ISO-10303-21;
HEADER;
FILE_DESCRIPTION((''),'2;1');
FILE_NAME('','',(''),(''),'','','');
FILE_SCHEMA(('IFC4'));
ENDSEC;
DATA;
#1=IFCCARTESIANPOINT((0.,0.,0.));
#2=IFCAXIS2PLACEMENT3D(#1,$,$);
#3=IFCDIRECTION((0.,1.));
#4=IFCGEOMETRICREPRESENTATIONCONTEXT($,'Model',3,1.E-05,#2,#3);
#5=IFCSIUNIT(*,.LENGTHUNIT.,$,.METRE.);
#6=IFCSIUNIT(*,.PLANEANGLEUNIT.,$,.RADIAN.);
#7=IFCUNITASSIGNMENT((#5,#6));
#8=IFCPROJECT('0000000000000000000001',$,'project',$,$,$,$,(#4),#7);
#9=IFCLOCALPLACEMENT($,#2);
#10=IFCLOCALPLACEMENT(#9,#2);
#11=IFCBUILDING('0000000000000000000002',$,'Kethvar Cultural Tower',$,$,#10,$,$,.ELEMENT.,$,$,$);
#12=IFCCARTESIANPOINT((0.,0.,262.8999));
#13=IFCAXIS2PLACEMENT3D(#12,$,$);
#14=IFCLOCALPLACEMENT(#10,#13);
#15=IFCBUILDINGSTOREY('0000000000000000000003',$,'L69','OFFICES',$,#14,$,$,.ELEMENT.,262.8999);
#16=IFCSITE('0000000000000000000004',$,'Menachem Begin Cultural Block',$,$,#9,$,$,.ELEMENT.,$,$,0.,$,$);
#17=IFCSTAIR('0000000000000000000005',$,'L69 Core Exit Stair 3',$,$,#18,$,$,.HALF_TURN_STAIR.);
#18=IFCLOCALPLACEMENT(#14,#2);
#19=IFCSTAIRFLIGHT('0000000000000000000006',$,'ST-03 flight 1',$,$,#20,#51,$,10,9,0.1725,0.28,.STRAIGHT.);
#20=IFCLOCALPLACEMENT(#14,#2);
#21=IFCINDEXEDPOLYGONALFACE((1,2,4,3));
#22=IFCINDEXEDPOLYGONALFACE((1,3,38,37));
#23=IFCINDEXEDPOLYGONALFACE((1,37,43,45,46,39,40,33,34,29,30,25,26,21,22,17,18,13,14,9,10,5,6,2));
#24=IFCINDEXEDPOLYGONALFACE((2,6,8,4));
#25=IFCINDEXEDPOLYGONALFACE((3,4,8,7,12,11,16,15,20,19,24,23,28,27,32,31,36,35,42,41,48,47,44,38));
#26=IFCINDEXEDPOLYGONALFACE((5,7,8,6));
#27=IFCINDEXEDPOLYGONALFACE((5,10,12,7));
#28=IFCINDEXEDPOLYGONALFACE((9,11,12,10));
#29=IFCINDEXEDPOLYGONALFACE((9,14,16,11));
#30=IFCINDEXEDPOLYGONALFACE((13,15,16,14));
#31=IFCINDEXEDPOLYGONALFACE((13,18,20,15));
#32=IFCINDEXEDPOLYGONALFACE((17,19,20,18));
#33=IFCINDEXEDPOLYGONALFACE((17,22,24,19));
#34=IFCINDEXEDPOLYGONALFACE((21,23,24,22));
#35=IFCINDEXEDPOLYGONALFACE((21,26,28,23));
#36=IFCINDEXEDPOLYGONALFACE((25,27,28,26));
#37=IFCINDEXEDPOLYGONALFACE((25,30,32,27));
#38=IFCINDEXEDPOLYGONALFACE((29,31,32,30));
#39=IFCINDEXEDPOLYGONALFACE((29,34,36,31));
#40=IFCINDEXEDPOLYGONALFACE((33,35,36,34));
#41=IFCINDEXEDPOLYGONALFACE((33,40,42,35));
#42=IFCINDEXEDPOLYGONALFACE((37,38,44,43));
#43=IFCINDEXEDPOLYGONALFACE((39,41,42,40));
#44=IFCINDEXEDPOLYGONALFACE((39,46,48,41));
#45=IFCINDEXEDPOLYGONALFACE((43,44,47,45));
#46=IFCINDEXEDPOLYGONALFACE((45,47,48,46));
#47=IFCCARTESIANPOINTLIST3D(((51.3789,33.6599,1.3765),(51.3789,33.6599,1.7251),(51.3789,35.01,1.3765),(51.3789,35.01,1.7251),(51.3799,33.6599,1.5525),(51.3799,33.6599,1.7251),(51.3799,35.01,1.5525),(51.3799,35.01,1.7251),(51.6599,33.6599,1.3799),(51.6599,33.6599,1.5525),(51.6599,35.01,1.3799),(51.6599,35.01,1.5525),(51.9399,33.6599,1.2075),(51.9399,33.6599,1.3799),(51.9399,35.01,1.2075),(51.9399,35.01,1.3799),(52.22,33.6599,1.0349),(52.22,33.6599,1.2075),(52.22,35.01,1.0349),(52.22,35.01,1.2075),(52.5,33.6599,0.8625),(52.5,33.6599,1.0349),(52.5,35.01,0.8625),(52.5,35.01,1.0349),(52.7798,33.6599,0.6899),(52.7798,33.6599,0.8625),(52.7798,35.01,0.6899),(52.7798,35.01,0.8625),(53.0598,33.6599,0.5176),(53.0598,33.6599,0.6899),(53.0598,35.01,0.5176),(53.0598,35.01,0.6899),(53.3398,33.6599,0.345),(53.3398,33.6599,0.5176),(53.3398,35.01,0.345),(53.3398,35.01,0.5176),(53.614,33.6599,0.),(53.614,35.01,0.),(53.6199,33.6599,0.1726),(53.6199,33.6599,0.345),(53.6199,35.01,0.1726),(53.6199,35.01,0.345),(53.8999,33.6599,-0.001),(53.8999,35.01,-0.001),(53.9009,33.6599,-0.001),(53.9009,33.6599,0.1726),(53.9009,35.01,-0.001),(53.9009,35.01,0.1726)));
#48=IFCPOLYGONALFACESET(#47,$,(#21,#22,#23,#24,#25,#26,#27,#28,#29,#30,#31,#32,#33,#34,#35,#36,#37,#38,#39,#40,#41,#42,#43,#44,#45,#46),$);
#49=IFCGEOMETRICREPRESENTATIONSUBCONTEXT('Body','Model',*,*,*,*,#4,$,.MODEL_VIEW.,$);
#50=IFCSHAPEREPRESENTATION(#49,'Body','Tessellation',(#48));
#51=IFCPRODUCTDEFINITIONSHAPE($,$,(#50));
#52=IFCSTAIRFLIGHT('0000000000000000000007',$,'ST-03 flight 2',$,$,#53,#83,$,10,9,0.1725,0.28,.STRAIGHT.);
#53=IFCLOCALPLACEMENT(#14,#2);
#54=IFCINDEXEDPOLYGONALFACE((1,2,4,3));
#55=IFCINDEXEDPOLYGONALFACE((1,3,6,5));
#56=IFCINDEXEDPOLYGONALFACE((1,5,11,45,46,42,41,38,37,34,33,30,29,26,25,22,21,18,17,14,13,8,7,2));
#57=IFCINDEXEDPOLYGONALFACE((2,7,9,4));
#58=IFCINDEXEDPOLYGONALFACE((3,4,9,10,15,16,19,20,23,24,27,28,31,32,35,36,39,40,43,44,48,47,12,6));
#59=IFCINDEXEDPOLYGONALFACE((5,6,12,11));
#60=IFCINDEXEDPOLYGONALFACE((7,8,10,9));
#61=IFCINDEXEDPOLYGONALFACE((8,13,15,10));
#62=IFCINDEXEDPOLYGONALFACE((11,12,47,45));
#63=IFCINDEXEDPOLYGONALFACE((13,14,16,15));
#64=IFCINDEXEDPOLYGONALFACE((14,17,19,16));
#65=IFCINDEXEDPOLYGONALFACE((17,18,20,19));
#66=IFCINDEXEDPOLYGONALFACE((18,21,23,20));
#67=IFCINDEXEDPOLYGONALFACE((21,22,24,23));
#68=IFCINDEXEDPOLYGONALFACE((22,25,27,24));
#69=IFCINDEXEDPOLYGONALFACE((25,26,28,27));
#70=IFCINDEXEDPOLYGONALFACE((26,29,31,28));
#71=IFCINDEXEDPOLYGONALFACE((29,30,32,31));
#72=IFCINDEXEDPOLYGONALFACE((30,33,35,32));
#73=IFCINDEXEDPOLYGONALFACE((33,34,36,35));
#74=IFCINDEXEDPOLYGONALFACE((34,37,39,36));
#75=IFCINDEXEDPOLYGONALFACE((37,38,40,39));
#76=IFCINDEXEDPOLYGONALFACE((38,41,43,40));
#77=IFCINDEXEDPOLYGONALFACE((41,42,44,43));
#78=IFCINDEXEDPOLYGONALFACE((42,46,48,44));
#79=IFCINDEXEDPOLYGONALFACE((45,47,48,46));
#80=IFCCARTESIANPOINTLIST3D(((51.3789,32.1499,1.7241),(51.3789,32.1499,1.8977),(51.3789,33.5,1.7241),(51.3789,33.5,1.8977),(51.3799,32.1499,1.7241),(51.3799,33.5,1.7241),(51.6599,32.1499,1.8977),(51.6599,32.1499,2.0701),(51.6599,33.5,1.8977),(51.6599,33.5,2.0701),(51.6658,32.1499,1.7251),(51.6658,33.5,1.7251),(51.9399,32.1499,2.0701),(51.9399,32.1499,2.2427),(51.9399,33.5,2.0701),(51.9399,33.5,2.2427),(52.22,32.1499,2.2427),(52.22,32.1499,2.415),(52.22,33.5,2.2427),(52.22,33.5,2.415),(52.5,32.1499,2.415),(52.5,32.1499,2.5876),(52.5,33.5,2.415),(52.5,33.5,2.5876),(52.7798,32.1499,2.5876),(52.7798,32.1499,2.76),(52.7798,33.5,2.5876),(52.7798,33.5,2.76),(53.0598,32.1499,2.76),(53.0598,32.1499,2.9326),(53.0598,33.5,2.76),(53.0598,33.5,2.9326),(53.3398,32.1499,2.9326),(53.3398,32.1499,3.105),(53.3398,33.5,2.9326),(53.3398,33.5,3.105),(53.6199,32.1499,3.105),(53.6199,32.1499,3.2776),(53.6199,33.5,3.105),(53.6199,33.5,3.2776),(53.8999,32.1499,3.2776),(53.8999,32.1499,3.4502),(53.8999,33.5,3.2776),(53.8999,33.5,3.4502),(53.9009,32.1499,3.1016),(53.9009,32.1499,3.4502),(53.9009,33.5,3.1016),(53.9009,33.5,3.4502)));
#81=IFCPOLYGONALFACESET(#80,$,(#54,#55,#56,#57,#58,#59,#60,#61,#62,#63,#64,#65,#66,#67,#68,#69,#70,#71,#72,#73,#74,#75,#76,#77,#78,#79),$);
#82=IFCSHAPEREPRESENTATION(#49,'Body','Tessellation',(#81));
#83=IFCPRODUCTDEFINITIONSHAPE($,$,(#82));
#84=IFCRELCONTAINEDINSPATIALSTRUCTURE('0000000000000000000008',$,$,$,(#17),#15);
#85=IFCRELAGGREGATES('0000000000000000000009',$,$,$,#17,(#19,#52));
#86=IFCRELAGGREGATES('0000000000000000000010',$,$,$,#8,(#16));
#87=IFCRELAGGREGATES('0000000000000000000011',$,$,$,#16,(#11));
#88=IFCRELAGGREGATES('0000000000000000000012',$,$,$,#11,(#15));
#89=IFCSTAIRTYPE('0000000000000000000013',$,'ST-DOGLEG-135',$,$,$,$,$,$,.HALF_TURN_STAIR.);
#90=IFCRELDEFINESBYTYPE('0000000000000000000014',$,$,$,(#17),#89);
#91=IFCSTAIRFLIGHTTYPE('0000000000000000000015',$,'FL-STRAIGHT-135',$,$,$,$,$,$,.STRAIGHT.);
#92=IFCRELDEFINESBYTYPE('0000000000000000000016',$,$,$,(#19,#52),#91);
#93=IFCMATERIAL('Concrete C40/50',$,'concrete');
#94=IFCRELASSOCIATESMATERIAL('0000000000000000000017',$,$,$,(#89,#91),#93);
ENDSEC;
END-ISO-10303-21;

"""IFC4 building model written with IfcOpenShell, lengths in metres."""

from ifc_helpers import new_model, si_unit, direction, frame, origin, place, context, subcontext, project, spatial, polyline, outline, extrude, material, type_object, element, aggregate, save


model = new_model("IFC4")

# Units and contexts
model_context = context("Model", 3, precision=1e-05, world=origin(), true_north=direction((0.0, 1.0)))
body_context = subcontext(model_context, "Body", "Model", "MODEL_VIEW")
ifc_project = project(units=[si_unit("LENGTHUNIT", "METRE"), si_unit("PLANEANGLEUNIT", "RADIAN")], contexts=[model_context])

# Site, building, storey
site_placement = place(None, origin())
site = spatial("IfcSite", under=ifc_project, at=site_placement, Name="Menachem Begin Cultural Block", CompositionType="ELEMENT", RefElevation=0.0)
building_placement = place(site_placement, origin())
building = spatial("IfcBuilding", under=site, at=building_placement, Name="Kethvar Cultural Tower", CompositionType="ELEMENT")
storey_placement = place(building_placement, frame((0.0, 0.0, 262.8999)))
storey = spatial("IfcBuildingStorey", under=building, at=storey_placement, Name="L69", Description="OFFICES", CompositionType="ELEMENT", Elevation=262.8999)

# Shared definitions
ifc_material_1 = material(Name="Concrete C40/50", Category="concrete")

# Stair, stair flights
stair_type = type_object("IfcStairType", Name="ST-DOGLEG-135", PredefinedType="HALF_TURN_STAIR", material=ifc_material_1)
stair_placement = place(storey_placement, origin())
stair = element("IfcStair", 1, at=stair_placement, inside=storey, type_object=stair_type, Name="L69 Core Exit Stair 3", PredefinedType="HALF_TURN_STAIR")
stair_flight_type = type_object("IfcStairFlightType", Name="FL-STRAIGHT-135", PredefinedType="STRAIGHT", material=ifc_material_1)
stair_flight_1_placement = place(storey_placement, frame((53.8999, 34.335, 0.0), z_axis=(0.0, 0.0, 1.0), x_axis=(-1.0, 0.0, 0.0)))
stair_flight_1 = element("IfcStairFlight", 2, at=stair_flight_1_placement, type_object=stair_flight_type, Name="ST-03 flight 1", NumberOfRisers=10, NumberOfTreads=9, PredefinedType="STRAIGHT", RiserHeight=0.1725, TreadLength=0.28, context=body_context, shape_type="SweptSolid", body=[
    extrude(outline(polyline([(-0.001, -0.001), (-0.001, 0.1726), (0.28, 0.1726), (0.28, 0.345), (0.5601, 0.345), (0.5601, 0.5176), (0.8401, 0.5176), (0.8401, 0.6899), (1.1201, 0.6899), (1.1201, 0.8625), (1.3999, 0.8625), (1.3999, 1.0349), (1.6799, 1.0349), (1.6799, 1.2075), (1.96, 1.2075), (1.96, 1.3799), (2.24, 1.3799), (2.24, 1.5525), (2.52, 1.5525), (2.52, 1.7251), (2.521, 1.7251), (2.521, 1.3765), (0.2859, 0.0), (0.0, -0.001), (-0.001, -0.001)])), frame((0.0, 0.675, 0.0), z_axis=(0.0, -1.0, 0.0), x_axis=(1.0, 0.0, 0.0)), (0.0, 0.0, 1.0), 1.3501),
])
stair_flight_2_placement = place(storey_placement, frame((51.3799, 32.825, 1.7251), z_axis=(0.0, 0.0, 1.0), x_axis=(1.0, 0.0, 0.0)))
stair_flight_2 = element("IfcStairFlight", 3, at=stair_flight_2_placement, type_object=stair_flight_type, Name="ST-03 flight 2", NumberOfRisers=10, NumberOfTreads=9, PredefinedType="STRAIGHT", RiserHeight=0.1725, TreadLength=0.28, context=body_context, shape_type="SweptSolid", body=[
    extrude(outline(polyline([(-0.001, -0.001), (-0.001, 0.1726), (0.28, 0.1726), (0.28, 0.345), (0.5601, 0.345), (0.5601, 0.5176), (0.8401, 0.5176), (0.8401, 0.6899), (1.1201, 0.6899), (1.1201, 0.8625), (1.3999, 0.8625), (1.3999, 1.0349), (1.6799, 1.0349), (1.6799, 1.2075), (1.96, 1.2075), (1.96, 1.3799), (2.24, 1.3799), (2.24, 1.5525), (2.52, 1.5525), (2.52, 1.7251), (2.521, 1.7251), (2.521, 1.3765), (0.2859, 0.0), (0.0, -0.001), (-0.001, -0.001)])), frame((0.0, 0.675, 0.0), z_axis=(0.0, -1.0, 0.0), x_axis=(1.0, 0.0, 0.0)), (0.0, 0.0, 1.0), 1.3501),
])
aggregate(stair, [stair_flight_1, stair_flight_2])

save(model, "model.ifc")
